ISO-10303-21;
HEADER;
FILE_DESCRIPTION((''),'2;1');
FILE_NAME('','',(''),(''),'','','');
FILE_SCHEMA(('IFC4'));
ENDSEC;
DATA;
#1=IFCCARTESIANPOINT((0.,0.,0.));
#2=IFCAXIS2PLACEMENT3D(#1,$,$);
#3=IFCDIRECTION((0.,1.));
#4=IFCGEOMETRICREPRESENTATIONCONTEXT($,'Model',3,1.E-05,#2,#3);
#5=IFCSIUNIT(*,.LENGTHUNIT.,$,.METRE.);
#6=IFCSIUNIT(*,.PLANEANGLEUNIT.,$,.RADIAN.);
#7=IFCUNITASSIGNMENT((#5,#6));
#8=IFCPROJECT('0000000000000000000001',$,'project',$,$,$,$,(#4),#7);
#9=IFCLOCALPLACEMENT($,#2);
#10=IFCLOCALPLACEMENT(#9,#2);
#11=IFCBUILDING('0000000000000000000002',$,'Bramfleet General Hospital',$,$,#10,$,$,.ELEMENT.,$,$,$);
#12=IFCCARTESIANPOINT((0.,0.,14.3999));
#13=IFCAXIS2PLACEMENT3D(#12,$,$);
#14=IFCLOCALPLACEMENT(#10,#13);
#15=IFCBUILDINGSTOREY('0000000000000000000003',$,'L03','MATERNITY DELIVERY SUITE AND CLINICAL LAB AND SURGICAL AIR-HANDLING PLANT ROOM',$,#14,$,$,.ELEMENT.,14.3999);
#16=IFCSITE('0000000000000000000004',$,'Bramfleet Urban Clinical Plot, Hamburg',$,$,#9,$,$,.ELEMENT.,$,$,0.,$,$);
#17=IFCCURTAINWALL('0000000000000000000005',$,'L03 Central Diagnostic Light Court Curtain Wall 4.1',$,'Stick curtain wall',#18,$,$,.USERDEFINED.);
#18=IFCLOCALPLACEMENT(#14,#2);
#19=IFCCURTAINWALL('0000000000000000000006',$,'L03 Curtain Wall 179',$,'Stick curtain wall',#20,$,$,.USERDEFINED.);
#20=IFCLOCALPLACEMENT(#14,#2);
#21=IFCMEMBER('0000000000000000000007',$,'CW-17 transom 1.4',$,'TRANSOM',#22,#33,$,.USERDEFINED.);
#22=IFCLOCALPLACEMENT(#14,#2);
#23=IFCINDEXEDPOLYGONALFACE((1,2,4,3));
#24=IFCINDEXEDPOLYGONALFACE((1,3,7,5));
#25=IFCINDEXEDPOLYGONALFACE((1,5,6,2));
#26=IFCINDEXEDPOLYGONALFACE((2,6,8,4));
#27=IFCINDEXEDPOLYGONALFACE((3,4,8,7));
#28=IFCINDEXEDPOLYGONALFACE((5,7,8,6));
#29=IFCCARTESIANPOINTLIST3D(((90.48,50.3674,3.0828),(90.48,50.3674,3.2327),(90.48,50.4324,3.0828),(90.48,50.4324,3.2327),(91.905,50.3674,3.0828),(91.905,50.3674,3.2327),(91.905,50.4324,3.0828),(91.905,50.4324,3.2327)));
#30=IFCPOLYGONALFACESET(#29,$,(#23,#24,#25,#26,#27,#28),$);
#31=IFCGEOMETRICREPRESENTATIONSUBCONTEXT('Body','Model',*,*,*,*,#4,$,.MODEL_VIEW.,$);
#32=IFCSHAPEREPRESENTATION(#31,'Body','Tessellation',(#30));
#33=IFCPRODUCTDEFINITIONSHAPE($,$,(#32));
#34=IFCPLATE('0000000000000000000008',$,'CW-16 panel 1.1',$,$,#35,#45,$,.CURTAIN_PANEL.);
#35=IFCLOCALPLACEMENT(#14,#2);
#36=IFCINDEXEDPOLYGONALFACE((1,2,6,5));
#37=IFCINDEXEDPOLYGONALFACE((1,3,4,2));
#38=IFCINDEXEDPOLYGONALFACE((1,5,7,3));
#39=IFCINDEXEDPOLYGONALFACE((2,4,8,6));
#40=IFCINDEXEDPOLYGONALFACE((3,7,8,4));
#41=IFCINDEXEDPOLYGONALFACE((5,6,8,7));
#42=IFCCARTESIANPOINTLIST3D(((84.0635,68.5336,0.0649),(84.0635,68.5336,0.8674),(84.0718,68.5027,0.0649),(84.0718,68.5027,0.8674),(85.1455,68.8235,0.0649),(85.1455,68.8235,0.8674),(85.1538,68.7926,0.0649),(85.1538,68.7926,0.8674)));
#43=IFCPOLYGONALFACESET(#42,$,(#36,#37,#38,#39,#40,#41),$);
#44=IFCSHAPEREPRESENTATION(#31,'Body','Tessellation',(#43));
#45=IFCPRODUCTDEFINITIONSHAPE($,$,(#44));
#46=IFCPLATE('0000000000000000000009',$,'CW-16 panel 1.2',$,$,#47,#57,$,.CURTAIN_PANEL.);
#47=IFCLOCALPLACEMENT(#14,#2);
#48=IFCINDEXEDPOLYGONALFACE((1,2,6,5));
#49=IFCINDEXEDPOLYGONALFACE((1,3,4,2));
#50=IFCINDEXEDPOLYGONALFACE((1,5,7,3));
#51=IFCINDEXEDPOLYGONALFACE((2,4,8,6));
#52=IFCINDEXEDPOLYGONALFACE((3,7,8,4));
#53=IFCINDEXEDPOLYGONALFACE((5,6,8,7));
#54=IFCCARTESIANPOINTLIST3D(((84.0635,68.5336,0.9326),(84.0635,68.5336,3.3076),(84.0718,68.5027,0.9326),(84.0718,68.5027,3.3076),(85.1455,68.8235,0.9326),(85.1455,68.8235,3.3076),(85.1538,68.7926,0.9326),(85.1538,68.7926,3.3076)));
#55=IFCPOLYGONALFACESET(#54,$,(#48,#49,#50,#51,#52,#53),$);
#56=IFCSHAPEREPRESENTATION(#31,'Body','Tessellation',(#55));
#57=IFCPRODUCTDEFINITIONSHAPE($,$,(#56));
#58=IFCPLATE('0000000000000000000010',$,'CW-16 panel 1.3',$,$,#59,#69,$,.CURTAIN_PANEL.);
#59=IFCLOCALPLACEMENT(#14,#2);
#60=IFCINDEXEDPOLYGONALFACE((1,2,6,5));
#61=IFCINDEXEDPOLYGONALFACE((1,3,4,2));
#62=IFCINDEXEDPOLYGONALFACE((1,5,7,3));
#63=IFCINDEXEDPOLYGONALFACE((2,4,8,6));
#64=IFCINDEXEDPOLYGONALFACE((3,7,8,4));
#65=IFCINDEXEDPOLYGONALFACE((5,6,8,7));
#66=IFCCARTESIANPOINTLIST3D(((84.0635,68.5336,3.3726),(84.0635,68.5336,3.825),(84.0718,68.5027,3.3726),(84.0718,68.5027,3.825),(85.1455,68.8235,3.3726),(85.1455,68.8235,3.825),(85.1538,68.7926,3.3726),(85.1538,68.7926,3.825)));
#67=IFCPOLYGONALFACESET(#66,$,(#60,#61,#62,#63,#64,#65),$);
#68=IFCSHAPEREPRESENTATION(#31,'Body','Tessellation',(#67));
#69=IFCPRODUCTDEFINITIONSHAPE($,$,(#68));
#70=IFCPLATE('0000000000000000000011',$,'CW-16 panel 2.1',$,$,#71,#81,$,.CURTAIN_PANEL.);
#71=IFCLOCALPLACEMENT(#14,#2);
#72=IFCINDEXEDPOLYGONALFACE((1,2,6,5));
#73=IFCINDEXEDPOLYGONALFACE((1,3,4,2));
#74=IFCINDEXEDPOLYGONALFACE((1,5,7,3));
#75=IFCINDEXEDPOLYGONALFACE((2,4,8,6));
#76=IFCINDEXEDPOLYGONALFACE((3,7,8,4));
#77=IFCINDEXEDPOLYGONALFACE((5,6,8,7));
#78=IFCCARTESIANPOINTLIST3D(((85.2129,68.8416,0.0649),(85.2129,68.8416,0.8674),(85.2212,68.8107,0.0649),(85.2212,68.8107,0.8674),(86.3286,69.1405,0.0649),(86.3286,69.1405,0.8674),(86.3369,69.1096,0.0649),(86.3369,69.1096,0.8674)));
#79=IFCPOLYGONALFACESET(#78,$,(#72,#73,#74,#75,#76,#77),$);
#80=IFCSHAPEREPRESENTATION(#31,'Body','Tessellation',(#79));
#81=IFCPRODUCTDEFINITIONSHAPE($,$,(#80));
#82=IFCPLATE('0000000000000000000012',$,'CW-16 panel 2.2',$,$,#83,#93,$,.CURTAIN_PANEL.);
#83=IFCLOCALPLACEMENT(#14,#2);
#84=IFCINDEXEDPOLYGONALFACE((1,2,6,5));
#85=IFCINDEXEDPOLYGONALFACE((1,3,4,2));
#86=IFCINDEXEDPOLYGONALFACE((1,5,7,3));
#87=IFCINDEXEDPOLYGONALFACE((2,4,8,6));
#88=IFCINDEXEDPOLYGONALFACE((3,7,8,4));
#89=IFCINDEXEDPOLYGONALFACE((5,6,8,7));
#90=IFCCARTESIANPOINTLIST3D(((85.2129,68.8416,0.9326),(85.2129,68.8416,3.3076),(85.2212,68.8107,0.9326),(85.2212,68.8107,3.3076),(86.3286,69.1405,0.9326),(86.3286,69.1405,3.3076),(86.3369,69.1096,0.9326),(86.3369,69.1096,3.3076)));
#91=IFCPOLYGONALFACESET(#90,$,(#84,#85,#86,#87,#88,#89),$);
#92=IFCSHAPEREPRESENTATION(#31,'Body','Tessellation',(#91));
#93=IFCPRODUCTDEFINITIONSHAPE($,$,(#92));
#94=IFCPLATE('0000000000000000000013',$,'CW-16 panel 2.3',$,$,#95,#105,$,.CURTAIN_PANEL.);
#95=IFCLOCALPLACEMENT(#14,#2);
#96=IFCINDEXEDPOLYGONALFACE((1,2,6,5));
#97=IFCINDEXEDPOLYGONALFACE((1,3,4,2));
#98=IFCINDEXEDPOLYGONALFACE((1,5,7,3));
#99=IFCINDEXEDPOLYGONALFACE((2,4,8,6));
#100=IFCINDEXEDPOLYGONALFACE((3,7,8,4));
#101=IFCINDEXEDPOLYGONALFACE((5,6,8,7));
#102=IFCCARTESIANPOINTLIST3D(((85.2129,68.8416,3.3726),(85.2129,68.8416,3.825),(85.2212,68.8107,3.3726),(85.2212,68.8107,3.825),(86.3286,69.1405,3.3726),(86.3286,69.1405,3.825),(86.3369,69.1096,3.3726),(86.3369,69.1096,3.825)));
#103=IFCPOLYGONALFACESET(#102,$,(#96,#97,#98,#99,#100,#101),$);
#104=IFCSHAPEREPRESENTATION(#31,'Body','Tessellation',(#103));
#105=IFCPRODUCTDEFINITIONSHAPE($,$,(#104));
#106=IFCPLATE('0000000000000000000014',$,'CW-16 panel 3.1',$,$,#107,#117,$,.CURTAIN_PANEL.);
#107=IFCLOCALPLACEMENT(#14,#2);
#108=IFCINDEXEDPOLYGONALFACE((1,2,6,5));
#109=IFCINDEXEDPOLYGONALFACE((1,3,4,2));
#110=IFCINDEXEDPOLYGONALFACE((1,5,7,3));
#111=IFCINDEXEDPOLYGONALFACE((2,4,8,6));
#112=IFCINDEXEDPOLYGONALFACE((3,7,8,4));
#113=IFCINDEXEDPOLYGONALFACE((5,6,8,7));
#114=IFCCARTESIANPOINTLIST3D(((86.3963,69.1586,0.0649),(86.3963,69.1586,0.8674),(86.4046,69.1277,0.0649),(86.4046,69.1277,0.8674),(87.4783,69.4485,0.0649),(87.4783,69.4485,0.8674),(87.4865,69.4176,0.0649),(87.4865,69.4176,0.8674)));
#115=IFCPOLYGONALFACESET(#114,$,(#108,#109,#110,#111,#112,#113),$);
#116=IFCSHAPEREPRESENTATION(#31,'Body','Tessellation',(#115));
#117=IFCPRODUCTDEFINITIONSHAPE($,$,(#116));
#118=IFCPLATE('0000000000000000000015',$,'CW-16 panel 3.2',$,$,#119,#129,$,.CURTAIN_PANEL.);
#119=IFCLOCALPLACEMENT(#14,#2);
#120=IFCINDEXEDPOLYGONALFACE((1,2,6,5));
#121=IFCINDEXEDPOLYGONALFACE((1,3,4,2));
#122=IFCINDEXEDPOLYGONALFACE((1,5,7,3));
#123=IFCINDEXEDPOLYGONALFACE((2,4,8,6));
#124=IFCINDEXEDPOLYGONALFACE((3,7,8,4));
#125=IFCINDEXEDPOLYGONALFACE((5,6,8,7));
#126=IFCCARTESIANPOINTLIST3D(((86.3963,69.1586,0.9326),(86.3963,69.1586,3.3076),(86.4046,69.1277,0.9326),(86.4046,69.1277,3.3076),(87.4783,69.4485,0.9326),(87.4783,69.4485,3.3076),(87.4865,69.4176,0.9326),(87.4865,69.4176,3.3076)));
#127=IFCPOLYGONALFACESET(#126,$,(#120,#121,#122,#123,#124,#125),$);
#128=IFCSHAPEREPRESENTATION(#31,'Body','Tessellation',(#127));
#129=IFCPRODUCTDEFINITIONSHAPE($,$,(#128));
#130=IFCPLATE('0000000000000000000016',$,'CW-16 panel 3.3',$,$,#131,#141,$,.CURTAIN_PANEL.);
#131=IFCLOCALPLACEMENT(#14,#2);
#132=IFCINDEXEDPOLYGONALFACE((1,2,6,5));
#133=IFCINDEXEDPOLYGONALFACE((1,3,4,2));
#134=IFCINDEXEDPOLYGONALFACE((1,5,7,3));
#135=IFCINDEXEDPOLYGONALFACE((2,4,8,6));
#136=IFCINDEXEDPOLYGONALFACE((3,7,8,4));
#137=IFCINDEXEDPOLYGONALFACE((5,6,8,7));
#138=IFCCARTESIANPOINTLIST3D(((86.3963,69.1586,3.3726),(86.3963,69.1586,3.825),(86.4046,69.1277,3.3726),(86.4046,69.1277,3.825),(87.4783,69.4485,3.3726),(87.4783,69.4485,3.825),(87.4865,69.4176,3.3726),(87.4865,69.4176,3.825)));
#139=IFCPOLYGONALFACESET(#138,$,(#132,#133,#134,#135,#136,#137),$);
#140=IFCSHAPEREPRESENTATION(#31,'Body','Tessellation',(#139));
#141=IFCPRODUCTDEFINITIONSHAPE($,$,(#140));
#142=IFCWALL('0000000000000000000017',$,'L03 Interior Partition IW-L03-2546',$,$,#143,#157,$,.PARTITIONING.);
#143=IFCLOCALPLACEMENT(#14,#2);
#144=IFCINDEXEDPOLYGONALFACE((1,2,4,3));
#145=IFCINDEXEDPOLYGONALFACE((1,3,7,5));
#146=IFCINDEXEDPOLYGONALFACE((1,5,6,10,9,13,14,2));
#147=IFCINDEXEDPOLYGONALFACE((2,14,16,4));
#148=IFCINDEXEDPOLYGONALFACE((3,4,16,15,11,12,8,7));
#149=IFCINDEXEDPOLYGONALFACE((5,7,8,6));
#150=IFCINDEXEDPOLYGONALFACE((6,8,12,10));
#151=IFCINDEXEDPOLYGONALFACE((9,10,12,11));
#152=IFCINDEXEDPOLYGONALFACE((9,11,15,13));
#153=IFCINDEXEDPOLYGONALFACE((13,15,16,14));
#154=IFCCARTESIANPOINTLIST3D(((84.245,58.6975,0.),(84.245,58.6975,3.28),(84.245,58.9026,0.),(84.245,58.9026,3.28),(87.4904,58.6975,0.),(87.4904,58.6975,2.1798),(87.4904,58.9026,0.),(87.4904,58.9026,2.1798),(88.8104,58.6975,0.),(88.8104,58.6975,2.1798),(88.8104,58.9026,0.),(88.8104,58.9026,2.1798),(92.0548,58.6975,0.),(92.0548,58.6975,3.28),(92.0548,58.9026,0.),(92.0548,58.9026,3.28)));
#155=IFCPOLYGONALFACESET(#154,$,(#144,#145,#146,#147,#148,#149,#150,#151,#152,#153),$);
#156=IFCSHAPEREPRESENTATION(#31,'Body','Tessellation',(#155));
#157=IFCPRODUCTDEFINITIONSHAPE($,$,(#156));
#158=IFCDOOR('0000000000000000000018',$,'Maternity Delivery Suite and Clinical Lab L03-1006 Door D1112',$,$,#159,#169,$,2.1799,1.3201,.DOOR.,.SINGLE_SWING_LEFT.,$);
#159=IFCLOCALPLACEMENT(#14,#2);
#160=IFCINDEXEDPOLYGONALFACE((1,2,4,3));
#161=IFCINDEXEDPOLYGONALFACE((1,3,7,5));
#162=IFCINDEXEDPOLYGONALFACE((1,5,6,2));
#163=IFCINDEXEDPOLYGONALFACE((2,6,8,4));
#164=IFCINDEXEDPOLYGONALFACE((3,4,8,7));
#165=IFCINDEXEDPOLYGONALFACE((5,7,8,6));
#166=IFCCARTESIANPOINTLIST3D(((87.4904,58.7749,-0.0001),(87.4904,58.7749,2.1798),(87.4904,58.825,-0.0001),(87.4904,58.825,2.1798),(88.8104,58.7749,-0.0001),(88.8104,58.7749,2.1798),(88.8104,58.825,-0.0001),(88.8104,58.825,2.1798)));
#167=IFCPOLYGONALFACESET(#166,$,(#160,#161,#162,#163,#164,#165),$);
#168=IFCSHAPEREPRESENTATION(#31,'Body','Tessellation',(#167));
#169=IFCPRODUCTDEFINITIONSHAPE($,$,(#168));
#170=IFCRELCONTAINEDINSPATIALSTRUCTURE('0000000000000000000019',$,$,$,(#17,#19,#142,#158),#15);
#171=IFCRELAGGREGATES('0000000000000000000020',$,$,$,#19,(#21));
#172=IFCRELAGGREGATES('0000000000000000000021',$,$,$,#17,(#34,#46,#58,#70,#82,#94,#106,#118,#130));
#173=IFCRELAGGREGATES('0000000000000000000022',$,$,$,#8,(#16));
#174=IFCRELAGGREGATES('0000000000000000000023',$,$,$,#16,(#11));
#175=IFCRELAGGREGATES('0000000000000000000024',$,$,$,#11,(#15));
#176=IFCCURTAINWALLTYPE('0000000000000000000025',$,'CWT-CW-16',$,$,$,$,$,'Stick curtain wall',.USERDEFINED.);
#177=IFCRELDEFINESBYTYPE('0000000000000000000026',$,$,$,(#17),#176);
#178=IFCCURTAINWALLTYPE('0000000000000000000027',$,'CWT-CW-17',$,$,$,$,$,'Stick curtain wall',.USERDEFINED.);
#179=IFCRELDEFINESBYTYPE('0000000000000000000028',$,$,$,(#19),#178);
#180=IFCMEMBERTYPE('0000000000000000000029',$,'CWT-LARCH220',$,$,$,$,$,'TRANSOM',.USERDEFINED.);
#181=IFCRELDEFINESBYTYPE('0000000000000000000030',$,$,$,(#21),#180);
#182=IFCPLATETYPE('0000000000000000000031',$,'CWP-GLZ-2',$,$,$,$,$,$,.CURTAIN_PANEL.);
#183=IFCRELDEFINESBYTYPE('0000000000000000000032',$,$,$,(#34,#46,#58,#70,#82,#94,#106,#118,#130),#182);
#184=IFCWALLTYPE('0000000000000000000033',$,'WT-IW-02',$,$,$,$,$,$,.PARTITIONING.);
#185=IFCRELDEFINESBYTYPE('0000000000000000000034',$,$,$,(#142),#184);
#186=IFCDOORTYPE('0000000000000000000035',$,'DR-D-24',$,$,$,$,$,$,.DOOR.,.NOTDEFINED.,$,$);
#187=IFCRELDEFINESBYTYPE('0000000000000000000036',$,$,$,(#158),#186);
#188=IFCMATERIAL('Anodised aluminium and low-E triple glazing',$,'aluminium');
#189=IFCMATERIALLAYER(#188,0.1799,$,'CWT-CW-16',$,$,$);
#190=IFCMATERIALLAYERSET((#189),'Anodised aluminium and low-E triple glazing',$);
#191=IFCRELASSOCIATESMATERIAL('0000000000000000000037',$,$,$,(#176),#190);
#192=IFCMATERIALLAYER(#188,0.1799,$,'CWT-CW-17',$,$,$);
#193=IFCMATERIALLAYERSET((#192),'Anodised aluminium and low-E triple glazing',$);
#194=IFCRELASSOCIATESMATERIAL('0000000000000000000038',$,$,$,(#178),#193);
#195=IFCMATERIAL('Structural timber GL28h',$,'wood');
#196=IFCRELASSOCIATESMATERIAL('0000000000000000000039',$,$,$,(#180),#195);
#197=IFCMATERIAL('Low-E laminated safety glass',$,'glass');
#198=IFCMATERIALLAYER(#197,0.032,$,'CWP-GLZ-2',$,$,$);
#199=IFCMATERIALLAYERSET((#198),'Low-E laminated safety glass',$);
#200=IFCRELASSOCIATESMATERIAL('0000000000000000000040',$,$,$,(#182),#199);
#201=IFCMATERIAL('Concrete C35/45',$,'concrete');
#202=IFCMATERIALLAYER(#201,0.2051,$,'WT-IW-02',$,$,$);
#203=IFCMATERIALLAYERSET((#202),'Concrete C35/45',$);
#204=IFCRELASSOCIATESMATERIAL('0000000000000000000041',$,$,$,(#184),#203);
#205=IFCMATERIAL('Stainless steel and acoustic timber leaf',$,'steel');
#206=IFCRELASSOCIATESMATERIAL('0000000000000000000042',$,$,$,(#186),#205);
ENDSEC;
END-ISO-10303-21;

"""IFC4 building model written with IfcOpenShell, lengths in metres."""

from ifc_helpers import new_model, si_unit, direction, frame, frame_2d, origin, origin_2d, place, context, subcontext, project, spatial, rectangle, extrude, material, layer, layer_set, material_profile, profile_set, type_object, element, fill, aggregate, save


model = new_model("IFC4")

# Units and contexts
model_context = context("Model", 3, precision=1e-05, world=origin(), true_north=direction((0.0, 1.0)))
body_context = subcontext(model_context, "Body", "Model", "MODEL_VIEW")
ifc_project = project(units=[si_unit("LENGTHUNIT", "METRE"), si_unit("PLANEANGLEUNIT", "RADIAN")], contexts=[model_context])

# Site, building, storey
site_placement = place(None, origin())
site = spatial("IfcSite", under=ifc_project, at=site_placement, Name="Bramfleet Urban Clinical Plot, Hamburg", CompositionType="ELEMENT", RefElevation=0.0)
building_placement = place(site_placement, origin())
building = spatial("IfcBuilding", under=site, at=building_placement, Name="Bramfleet General Hospital", CompositionType="ELEMENT")
storey_placement = place(building_placement, frame((0.0, 0.0, 14.3999)))
storey = spatial("IfcBuildingStorey", under=building, at=storey_placement, Name="L03", Description="MATERNITY DELIVERY SUITE AND CLINICAL LAB AND SURGICAL AIR-HANDLING PLANT ROOM", CompositionType="ELEMENT", Elevation=14.3999)

# Shared definitions
ifc_material_1 = material(Name="Concrete C35/45", Category="concrete")

# Curtain wall
ifc_material_2 = material(Name="Anodised aluminium and low-E triple glazing", Category="aluminium")
ifc_layer_1 = layer(ifc_material_2, 0.1799, Name="CWT-CW-16")
ifc_layer_set_1 = layer_set([ifc_layer_1], Name="Anodised aluminium and low-E triple glazing")
curtain_wall_type_1 = type_object("IfcCurtainWallType", Name="CWT-CW-16", ElementType="Stick curtain wall", PredefinedType="USERDEFINED", material=ifc_layer_set_1)
curtain_wall_1_placement = place(storey_placement, origin())
curtain_wall_1 = element("IfcCurtainWall", 1, at=curtain_wall_1_placement, inside=storey, type_object=curtain_wall_type_1, Name="L03 Central Diagnostic Light Court Curtain Wall 4.1", ObjectType="Stick curtain wall", PredefinedType="USERDEFINED")

# Curtain wall
ifc_layer_2 = layer(ifc_material_2, 0.1799, Name="CWT-CW-17")
ifc_layer_set_2 = layer_set([ifc_layer_2], Name="Anodised aluminium and low-E triple glazing")
curtain_wall_type_2 = type_object("IfcCurtainWallType", Name="CWT-CW-17", ElementType="Stick curtain wall", PredefinedType="USERDEFINED", material=ifc_layer_set_2)
curtain_wall_2_placement = place(storey_placement, origin())
curtain_wall_2 = element("IfcCurtainWall", 2, at=curtain_wall_2_placement, inside=storey, type_object=curtain_wall_type_2, Name="L03 Curtain Wall 179", ObjectType="Stick curtain wall", PredefinedType="USERDEFINED")
ifc_material_3 = material(Name="Structural timber GL28h", Category="wood")

# Member
ifc_material_profile_1 = material_profile(ifc_material_3, rectangle(XDim=0.0649, YDim=0.1499, at=origin_2d()), Name="LARCH 150x65")
ifc_profile_set_1 = profile_set([ifc_material_profile_1], Name="Structural timber GL28h")
member_type_1 = type_object("IfcMemberType", Name="CWT-LARCH220", ElementType="TRANSOM", PredefinedType="USERDEFINED", material=ifc_profile_set_1)
member_1_placement = place(storey_placement, frame((91.905, 50.3999, 3.1577), z_axis=(-1.0, 0.0, 0.0), x_axis=(0.0, -1.0, 0.0)))
member_1 = element("IfcMember", 3, at=member_1_placement, type_object=member_type_1, Name="CW-17 transom 1.4", ObjectType="TRANSOM", PredefinedType="USERDEFINED", context=body_context, shape_type="SweptSolid", body=[
    extrude(rectangle(XDim=0.0649, YDim=0.1499, at=origin_2d()), origin(), (0.0, 0.0, 1.0), 1.425),
])
aggregate(curtain_wall_2, [member_1])

# Plates
ifc_material_4 = material(Name="Low-E laminated safety glass", Category="glass")
ifc_layer_3 = layer(ifc_material_4, 0.032, Name="CWP-GLZ-2")
ifc_layer_set_3 = layer_set([ifc_layer_3], Name="Low-E laminated safety glass")
plate_type = type_object("IfcPlateType", Name="CWP-GLZ-2", PredefinedType="CURTAIN_PANEL", material=ifc_layer_set_3)
plate_1_placement = place(storey_placement, frame((84.6086, 68.6631, 0.0649), z_axis=(0.0, 0.0, 1.0), x_axis=(0.965941, 0.258763, 0.0)))
plate_1 = element("IfcPlate", 4, at=plate_1_placement, type_object=plate_type, Name="CW-16 panel 1.1", PredefinedType="CURTAIN_PANEL", context=body_context, shape_type="SweptSolid", body=[
    extrude(rectangle(XDim=1.1201, YDim=0.032, at=origin_2d()), origin(), (0.0, 0.0, 1.0), 0.8025),
])
plate_2_placement = place(storey_placement, frame((84.6086, 68.6631, 0.9326), z_axis=(0.0, 0.0, 1.0), x_axis=(0.965941, 0.258763, 0.0)))
plate_2 = element("IfcPlate", 5, at=plate_2_placement, type_object=plate_type, Name="CW-16 panel 1.2", PredefinedType="CURTAIN_PANEL", context=body_context, shape_type="SweptSolid", body=[
    extrude(rectangle(XDim=1.1201, YDim=0.032, at=origin_2d()), origin(), (0.0, 0.0, 1.0), 2.375),
])
plate_3_placement = place(storey_placement, frame((84.6086, 68.6631, 3.3726), z_axis=(0.0, 0.0, 1.0), x_axis=(0.965941, 0.258763, 0.0)))
plate_3 = element("IfcPlate", 6, at=plate_3_placement, type_object=plate_type, Name="CW-16 panel 1.3", PredefinedType="CURTAIN_PANEL", context=body_context, shape_type="SweptSolid", body=[
    extrude(rectangle(XDim=1.1201, YDim=0.032, at=origin_2d()), origin(), (0.0, 0.0, 1.0), 0.4524),
])
plate_4_placement = place(storey_placement, frame((85.7749, 68.9756, 0.0649), z_axis=(0.0, 0.0, 1.0), x_axis=(0.965941, 0.258763, 0.0)))
plate_4 = element("IfcPlate", 7, at=plate_4_placement, type_object=plate_type, Name="CW-16 panel 2.1", PredefinedType="CURTAIN_PANEL", context=body_context, shape_type="SweptSolid", body=[
    extrude(rectangle(XDim=1.155, YDim=0.032, at=origin_2d()), origin(), (0.0, 0.0, 1.0), 0.8025),
])
plate_5_placement = place(storey_placement, frame((85.7749, 68.9756, 0.9326), z_axis=(0.0, 0.0, 1.0), x_axis=(0.965941, 0.258763, 0.0)))
plate_5 = element("IfcPlate", 8, at=plate_5_placement, type_object=plate_type, Name="CW-16 panel 2.2", PredefinedType="CURTAIN_PANEL", context=body_context, shape_type="SweptSolid", body=[
    extrude(rectangle(XDim=1.155, YDim=0.032, at=origin_2d()), origin(), (0.0, 0.0, 1.0), 2.375),
])
plate_6_placement = place(storey_placement, frame((85.7749, 68.9756, 3.3726), z_axis=(0.0, 0.0, 1.0), x_axis=(0.965941, 0.258763, 0.0)))
plate_6 = element("IfcPlate", 9, at=plate_6_placement, type_object=plate_type, Name="CW-16 panel 2.3", PredefinedType="CURTAIN_PANEL", context=body_context, shape_type="SweptSolid", body=[
    extrude(rectangle(XDim=1.155, YDim=0.032, at=origin_2d()), origin(), (0.0, 0.0, 1.0), 0.4524),
])
plate_7_placement = place(storey_placement, frame((86.9414, 69.2881, 0.0649), z_axis=(0.0, 0.0, 1.0), x_axis=(0.965941, 0.258763, 0.0)))
plate_7 = element("IfcPlate", 10, at=plate_7_placement, type_object=plate_type, Name="CW-16 panel 3.1", PredefinedType="CURTAIN_PANEL", context=body_context, shape_type="SweptSolid", body=[
    extrude(rectangle(XDim=1.1201, YDim=0.032, at=origin_2d()), origin(), (0.0, 0.0, 1.0), 0.8025),
])
plate_8_placement = place(storey_placement, frame((86.9414, 69.2881, 0.9326), z_axis=(0.0, 0.0, 1.0), x_axis=(0.965941, 0.258763, 0.0)))
plate_8 = element("IfcPlate", 11, at=plate_8_placement, type_object=plate_type, Name="CW-16 panel 3.2", PredefinedType="CURTAIN_PANEL", context=body_context, shape_type="SweptSolid", body=[
    extrude(rectangle(XDim=1.1201, YDim=0.032, at=origin_2d()), origin(), (0.0, 0.0, 1.0), 2.375),
])
plate_9_placement = place(storey_placement, frame((86.9414, 69.2881, 3.3726), z_axis=(0.0, 0.0, 1.0), x_axis=(0.965941, 0.258763, 0.0)))
plate_9 = element("IfcPlate", 12, at=plate_9_placement, type_object=plate_type, Name="CW-16 panel 3.3", PredefinedType="CURTAIN_PANEL", context=body_context, shape_type="SweptSolid", body=[
    extrude(rectangle(XDim=1.1201, YDim=0.032, at=origin_2d()), origin(), (0.0, 0.0, 1.0), 0.4524),
])
aggregate(curtain_wall_1, [plate_1, plate_2, plate_3, plate_4, plate_5, plate_6, plate_7, plate_8, plate_9])

# Wall, opening, door
ifc_layer_4 = layer(ifc_material_1, 0.2051, Name="WT-IW-02")
ifc_layer_set_4 = layer_set([ifc_layer_4], Name="Concrete C35/45")
wall_type_1 = type_object("IfcWallType", Name="WT-IW-02", PredefinedType="PARTITIONING", material=ifc_layer_set_4)
wall_1_placement = place(storey_placement, frame((84.2451, 58.8, 0.0), z_axis=(0.0, 0.0, 1.0), x_axis=(1.0, 0.0, 0.0)))
wall_1 = element("IfcWall", 13, at=wall_1_placement, inside=storey, type_object=wall_type_1, Name="L03 Interior Partition IW-L03-2546", PredefinedType="PARTITIONING", context=body_context, shape_type="SweptSolid", body=[
    extrude(rectangle(XDim=7.8098, YDim=0.2051, at=frame_2d((3.9048, 0.0))), origin(), (0.0, 0.0, 1.0), 3.28),
])
opening_1_placement = place(wall_1_placement, frame((3.2451, 0.0, 0.0)))
opening_1 = element("IfcOpeningElement", 14, at=opening_1_placement, cuts=wall_1, PredefinedType="OPENING", context=body_context, shape_type="SweptSolid", body=[
    extrude(rectangle(XDim=1.3201, YDim=2.1799, at=frame_2d((0.6602, 1.0898))), frame((0.0, 0.1125, 0.0), z_axis=(0.0, -1.0, 0.0), x_axis=(1.0, 0.0, 0.0)), (0.0, 0.0, 1.0), 0.2251),
])
ifc_material_5 = material(Name="Stainless steel and acoustic timber leaf", Category="steel")
door_type_1 = type_object("IfcDoorType", Name="DR-D-24", OperationType="NOTDEFINED", PredefinedType="DOOR", material=ifc_material_5)
door_1_placement = place(opening_1_placement, origin())
door_1 = element("IfcDoor", 15, at=door_1_placement, inside=storey, type_object=door_type_1, Name="Maternity Delivery Suite and Clinical Lab L03-1006 Door D1112", OperationType="SINGLE_SWING_LEFT", OverallHeight=2.1799, OverallWidth=1.3201, PredefinedType="DOOR", context=body_context, shape_type="SweptSolid", body=[
    extrude(rectangle(XDim=1.3201, YDim=2.1799, at=frame_2d((0.6602, 1.0898))), frame((0.0, 0.0249, 0.0), z_axis=(0.0, -1.0, 0.0), x_axis=(1.0, 0.0, 0.0)), (0.0, 0.0, 1.0), 0.05),
])
fill(opening_1, door_1)

save(model, "model.ifc")
